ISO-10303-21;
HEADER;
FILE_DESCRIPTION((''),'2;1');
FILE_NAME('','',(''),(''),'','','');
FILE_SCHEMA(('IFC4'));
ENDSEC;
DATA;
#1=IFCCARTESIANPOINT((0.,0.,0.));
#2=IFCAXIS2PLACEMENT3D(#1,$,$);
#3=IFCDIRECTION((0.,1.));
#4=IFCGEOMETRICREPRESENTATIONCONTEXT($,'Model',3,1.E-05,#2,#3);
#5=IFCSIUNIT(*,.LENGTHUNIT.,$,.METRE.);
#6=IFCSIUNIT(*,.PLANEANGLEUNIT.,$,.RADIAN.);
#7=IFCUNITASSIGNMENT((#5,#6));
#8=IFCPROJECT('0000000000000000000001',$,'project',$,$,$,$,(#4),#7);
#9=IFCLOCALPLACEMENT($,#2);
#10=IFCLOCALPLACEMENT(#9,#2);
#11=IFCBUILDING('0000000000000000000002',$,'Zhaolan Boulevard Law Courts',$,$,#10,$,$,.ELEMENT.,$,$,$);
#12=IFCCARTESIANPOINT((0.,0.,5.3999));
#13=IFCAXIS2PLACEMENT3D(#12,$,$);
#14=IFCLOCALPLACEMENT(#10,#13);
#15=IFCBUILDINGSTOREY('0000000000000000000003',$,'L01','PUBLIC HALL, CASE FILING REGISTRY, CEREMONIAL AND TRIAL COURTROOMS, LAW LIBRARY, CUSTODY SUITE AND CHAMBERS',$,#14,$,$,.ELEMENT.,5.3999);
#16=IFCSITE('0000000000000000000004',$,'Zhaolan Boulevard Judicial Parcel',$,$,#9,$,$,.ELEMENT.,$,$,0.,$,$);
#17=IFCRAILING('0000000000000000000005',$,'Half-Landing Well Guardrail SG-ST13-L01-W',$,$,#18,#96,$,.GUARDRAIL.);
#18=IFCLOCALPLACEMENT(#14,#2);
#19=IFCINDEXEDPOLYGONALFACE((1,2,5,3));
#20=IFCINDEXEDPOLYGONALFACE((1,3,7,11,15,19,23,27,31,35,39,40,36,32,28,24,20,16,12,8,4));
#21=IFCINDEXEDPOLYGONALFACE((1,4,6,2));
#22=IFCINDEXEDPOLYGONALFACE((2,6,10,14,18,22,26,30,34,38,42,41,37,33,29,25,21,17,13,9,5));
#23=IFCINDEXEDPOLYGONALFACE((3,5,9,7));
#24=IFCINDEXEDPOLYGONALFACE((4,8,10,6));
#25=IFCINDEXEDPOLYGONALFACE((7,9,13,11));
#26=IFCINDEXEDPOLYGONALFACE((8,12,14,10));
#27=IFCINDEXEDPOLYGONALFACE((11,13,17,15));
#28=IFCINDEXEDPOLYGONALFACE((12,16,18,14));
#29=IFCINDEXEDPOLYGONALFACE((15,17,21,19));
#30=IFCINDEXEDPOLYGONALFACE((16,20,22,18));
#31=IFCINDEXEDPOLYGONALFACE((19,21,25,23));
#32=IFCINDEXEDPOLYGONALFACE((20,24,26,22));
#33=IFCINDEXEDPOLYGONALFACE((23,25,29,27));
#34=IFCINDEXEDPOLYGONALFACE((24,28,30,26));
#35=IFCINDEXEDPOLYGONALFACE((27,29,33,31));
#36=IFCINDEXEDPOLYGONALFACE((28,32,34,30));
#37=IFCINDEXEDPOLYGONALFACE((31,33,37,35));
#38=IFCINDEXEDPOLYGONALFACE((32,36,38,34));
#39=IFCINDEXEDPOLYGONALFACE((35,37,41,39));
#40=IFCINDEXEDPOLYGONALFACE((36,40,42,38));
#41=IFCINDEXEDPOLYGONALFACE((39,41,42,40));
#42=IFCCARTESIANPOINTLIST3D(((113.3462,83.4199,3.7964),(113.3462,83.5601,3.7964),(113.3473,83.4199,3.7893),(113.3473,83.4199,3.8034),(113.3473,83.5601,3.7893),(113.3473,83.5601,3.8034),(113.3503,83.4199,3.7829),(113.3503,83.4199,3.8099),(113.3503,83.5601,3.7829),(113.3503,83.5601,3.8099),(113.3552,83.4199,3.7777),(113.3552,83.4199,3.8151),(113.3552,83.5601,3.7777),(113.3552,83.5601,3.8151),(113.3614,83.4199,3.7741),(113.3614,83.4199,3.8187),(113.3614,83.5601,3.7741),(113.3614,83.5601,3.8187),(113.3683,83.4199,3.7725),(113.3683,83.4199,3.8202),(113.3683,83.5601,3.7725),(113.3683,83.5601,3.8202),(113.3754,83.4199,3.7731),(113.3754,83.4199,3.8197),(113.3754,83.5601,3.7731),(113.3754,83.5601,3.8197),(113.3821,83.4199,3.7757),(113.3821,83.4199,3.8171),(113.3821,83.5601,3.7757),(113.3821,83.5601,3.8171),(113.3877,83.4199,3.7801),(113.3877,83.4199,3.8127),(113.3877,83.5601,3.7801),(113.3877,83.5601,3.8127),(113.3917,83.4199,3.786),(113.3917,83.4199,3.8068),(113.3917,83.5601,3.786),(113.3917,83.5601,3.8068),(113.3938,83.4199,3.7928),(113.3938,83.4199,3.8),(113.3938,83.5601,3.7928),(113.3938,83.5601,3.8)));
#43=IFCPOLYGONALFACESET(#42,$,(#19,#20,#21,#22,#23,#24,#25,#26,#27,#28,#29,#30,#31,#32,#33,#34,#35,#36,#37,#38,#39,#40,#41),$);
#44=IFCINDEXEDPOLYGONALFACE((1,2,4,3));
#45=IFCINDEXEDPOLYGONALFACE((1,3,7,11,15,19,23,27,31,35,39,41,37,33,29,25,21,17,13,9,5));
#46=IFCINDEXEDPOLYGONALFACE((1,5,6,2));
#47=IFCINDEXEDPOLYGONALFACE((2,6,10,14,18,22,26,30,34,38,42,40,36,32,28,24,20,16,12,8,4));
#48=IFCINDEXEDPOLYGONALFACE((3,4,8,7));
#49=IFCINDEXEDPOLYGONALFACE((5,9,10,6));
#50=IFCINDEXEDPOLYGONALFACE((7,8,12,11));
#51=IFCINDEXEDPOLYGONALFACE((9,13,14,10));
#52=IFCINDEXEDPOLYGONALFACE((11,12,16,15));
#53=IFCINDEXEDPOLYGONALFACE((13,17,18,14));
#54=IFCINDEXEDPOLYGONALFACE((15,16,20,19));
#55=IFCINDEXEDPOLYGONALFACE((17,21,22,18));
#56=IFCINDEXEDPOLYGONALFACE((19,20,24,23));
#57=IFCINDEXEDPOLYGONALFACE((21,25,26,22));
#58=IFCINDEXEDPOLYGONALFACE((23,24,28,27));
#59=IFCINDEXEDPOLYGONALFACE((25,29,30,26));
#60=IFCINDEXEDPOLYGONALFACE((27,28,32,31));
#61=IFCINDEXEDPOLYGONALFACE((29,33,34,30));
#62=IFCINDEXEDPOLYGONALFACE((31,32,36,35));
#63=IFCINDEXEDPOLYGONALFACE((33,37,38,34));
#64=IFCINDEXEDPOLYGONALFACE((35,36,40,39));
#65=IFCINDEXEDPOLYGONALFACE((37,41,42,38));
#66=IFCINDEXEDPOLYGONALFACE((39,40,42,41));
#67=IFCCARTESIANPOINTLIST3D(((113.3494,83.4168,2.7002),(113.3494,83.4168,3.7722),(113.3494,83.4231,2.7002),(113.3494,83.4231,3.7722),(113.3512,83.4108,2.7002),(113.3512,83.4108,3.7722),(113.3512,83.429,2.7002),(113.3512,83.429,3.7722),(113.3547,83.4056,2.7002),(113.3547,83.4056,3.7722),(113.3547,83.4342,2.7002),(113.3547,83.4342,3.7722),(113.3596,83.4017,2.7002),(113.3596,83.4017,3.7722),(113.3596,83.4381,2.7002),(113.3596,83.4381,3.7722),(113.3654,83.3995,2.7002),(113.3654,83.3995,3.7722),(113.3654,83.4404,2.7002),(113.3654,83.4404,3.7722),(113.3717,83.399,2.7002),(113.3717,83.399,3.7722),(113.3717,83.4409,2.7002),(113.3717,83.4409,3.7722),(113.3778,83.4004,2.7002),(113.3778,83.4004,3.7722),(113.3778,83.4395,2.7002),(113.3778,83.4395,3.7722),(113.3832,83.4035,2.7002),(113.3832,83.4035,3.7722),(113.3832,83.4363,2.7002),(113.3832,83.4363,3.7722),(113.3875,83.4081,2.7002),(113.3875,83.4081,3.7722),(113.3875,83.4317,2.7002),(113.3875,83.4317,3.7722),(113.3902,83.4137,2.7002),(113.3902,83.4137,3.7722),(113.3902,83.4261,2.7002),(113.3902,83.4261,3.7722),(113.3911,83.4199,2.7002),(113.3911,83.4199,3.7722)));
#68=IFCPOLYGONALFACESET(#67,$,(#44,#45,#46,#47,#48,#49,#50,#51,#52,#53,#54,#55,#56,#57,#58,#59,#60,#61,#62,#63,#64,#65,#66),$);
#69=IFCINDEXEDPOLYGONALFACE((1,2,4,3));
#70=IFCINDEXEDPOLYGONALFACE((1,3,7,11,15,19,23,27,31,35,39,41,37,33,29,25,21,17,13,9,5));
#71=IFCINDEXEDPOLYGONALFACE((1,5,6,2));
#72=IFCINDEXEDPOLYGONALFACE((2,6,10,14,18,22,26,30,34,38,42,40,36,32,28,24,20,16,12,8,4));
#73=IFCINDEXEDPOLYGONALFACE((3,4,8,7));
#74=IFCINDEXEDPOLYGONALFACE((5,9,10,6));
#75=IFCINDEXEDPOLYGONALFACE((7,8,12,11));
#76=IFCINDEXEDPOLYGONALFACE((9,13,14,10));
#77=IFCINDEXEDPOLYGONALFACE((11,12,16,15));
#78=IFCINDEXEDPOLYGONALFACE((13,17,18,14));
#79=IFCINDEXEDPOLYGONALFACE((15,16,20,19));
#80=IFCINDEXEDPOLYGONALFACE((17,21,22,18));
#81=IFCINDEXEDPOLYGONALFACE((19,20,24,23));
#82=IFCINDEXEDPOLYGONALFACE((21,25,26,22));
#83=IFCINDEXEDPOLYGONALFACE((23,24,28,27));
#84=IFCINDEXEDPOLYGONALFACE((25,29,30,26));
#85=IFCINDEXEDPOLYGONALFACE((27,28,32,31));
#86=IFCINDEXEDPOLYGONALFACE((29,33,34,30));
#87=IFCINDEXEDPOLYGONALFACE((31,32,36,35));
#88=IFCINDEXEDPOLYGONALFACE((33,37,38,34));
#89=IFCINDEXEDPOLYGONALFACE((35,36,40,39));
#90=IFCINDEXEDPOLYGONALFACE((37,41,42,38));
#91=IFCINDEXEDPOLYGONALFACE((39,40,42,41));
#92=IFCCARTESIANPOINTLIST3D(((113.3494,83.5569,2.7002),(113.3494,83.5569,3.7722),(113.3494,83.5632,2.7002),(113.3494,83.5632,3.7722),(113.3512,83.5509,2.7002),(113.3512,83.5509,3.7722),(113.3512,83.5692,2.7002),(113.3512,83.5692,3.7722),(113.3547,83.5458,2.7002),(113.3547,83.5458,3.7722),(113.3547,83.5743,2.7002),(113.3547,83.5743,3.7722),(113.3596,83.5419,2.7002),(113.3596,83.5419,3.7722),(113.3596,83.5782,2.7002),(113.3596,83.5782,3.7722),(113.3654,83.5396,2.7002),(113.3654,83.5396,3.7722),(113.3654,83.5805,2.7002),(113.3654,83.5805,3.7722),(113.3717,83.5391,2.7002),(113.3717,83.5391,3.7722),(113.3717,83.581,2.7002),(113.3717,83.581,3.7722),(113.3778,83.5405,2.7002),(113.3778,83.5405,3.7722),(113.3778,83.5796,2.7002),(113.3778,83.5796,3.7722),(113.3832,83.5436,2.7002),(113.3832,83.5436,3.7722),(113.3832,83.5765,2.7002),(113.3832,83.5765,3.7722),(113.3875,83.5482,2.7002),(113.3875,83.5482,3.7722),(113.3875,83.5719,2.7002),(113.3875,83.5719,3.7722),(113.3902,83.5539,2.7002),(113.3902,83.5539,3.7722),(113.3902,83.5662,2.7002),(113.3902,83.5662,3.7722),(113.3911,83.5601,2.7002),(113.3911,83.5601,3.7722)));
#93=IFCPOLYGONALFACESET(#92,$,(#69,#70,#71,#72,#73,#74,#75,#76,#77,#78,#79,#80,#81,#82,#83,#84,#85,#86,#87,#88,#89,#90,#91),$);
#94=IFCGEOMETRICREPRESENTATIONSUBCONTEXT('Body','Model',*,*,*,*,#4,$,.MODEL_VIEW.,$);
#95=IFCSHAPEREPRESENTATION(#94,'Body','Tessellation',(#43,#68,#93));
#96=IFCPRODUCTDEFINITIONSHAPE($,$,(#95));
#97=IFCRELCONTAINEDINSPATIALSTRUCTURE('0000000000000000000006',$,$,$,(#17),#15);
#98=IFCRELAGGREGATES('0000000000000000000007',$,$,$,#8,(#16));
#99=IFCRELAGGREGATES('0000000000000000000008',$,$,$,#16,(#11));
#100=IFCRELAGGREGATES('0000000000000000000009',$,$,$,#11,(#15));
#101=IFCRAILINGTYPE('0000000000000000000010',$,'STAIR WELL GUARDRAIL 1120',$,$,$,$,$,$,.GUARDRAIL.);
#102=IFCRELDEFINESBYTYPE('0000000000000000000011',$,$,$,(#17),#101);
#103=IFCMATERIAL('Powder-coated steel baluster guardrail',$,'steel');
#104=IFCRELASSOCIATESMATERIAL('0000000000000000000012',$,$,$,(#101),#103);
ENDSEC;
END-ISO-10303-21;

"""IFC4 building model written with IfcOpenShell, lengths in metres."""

from ifc_helpers import new_model, si_unit, direction, frame, origin, origin_2d, place, context, subcontext, project, spatial, circle, extrude, material, type_object, element, save


model = new_model("IFC4")

# Units and contexts
model_context = context("Model", 3, precision=1e-05, world=origin(), true_north=direction((0.0, 1.0)))
body_context = subcontext(model_context, "Body", "Model", "MODEL_VIEW")
ifc_project = project(units=[si_unit("LENGTHUNIT", "METRE"), si_unit("PLANEANGLEUNIT", "RADIAN")], contexts=[model_context])

# Site, building, storey
site_placement = place(None, origin())
site = spatial("IfcSite", under=ifc_project, at=site_placement, Name="Zhaolan Boulevard Judicial Parcel", CompositionType="ELEMENT", RefElevation=0.0)
building_placement = place(site_placement, origin())
building = spatial("IfcBuilding", under=site, at=building_placement, Name="Zhaolan Boulevard Law Courts", CompositionType="ELEMENT")
storey_placement = place(building_placement, frame((0.0, 0.0, 5.3999)))
storey = spatial("IfcBuildingStorey", under=building, at=storey_placement, Name="L01", Description="PUBLIC HALL, CASE FILING REGISTRY, CEREMONIAL AND TRIAL COURTROOMS, LAW LIBRARY, CUSTODY SUITE AND CHAMBERS", CompositionType="ELEMENT", Elevation=5.3999)

# Railing
ifc_material_1 = material(Name="Powder-coated steel baluster guardrail", Category="steel")
railing_type_1 = type_object("IfcRailingType", Name="STAIR WELL GUARDRAIL 1120", PredefinedType="GUARDRAIL", material=ifc_material_1)
railing_1_placement = place(storey_placement, frame((113.3701, 83.4199, 2.7002)))
element("IfcRailing", 1, at=railing_1_placement, inside=storey, type_object=railing_type_1, Name="Half-Landing Well Guardrail SG-ST13-L01-W", PredefinedType="GUARDRAIL", context=body_context, shape_type="SweptSolid", body=[
    extrude(circle(Radius=0.0239, at=origin_2d()), frame((0.0, 0.0, 1.0962), z_axis=(0.0, 1.0, 0.0), x_axis=(-1.0, 0.0, 0.0)), (0.0, 0.0, 1.0), 0.1401),
    extrude(circle(Radius=0.021, at=origin_2d()), origin(), (0.0, 0.0, 1.0), 1.072),
    extrude(circle(Radius=0.021, at=origin_2d()), frame((0.0, 0.1401, 0.0)), (0.0, 0.0, 1.0), 1.072),
])

save(model, "model.ifc")
